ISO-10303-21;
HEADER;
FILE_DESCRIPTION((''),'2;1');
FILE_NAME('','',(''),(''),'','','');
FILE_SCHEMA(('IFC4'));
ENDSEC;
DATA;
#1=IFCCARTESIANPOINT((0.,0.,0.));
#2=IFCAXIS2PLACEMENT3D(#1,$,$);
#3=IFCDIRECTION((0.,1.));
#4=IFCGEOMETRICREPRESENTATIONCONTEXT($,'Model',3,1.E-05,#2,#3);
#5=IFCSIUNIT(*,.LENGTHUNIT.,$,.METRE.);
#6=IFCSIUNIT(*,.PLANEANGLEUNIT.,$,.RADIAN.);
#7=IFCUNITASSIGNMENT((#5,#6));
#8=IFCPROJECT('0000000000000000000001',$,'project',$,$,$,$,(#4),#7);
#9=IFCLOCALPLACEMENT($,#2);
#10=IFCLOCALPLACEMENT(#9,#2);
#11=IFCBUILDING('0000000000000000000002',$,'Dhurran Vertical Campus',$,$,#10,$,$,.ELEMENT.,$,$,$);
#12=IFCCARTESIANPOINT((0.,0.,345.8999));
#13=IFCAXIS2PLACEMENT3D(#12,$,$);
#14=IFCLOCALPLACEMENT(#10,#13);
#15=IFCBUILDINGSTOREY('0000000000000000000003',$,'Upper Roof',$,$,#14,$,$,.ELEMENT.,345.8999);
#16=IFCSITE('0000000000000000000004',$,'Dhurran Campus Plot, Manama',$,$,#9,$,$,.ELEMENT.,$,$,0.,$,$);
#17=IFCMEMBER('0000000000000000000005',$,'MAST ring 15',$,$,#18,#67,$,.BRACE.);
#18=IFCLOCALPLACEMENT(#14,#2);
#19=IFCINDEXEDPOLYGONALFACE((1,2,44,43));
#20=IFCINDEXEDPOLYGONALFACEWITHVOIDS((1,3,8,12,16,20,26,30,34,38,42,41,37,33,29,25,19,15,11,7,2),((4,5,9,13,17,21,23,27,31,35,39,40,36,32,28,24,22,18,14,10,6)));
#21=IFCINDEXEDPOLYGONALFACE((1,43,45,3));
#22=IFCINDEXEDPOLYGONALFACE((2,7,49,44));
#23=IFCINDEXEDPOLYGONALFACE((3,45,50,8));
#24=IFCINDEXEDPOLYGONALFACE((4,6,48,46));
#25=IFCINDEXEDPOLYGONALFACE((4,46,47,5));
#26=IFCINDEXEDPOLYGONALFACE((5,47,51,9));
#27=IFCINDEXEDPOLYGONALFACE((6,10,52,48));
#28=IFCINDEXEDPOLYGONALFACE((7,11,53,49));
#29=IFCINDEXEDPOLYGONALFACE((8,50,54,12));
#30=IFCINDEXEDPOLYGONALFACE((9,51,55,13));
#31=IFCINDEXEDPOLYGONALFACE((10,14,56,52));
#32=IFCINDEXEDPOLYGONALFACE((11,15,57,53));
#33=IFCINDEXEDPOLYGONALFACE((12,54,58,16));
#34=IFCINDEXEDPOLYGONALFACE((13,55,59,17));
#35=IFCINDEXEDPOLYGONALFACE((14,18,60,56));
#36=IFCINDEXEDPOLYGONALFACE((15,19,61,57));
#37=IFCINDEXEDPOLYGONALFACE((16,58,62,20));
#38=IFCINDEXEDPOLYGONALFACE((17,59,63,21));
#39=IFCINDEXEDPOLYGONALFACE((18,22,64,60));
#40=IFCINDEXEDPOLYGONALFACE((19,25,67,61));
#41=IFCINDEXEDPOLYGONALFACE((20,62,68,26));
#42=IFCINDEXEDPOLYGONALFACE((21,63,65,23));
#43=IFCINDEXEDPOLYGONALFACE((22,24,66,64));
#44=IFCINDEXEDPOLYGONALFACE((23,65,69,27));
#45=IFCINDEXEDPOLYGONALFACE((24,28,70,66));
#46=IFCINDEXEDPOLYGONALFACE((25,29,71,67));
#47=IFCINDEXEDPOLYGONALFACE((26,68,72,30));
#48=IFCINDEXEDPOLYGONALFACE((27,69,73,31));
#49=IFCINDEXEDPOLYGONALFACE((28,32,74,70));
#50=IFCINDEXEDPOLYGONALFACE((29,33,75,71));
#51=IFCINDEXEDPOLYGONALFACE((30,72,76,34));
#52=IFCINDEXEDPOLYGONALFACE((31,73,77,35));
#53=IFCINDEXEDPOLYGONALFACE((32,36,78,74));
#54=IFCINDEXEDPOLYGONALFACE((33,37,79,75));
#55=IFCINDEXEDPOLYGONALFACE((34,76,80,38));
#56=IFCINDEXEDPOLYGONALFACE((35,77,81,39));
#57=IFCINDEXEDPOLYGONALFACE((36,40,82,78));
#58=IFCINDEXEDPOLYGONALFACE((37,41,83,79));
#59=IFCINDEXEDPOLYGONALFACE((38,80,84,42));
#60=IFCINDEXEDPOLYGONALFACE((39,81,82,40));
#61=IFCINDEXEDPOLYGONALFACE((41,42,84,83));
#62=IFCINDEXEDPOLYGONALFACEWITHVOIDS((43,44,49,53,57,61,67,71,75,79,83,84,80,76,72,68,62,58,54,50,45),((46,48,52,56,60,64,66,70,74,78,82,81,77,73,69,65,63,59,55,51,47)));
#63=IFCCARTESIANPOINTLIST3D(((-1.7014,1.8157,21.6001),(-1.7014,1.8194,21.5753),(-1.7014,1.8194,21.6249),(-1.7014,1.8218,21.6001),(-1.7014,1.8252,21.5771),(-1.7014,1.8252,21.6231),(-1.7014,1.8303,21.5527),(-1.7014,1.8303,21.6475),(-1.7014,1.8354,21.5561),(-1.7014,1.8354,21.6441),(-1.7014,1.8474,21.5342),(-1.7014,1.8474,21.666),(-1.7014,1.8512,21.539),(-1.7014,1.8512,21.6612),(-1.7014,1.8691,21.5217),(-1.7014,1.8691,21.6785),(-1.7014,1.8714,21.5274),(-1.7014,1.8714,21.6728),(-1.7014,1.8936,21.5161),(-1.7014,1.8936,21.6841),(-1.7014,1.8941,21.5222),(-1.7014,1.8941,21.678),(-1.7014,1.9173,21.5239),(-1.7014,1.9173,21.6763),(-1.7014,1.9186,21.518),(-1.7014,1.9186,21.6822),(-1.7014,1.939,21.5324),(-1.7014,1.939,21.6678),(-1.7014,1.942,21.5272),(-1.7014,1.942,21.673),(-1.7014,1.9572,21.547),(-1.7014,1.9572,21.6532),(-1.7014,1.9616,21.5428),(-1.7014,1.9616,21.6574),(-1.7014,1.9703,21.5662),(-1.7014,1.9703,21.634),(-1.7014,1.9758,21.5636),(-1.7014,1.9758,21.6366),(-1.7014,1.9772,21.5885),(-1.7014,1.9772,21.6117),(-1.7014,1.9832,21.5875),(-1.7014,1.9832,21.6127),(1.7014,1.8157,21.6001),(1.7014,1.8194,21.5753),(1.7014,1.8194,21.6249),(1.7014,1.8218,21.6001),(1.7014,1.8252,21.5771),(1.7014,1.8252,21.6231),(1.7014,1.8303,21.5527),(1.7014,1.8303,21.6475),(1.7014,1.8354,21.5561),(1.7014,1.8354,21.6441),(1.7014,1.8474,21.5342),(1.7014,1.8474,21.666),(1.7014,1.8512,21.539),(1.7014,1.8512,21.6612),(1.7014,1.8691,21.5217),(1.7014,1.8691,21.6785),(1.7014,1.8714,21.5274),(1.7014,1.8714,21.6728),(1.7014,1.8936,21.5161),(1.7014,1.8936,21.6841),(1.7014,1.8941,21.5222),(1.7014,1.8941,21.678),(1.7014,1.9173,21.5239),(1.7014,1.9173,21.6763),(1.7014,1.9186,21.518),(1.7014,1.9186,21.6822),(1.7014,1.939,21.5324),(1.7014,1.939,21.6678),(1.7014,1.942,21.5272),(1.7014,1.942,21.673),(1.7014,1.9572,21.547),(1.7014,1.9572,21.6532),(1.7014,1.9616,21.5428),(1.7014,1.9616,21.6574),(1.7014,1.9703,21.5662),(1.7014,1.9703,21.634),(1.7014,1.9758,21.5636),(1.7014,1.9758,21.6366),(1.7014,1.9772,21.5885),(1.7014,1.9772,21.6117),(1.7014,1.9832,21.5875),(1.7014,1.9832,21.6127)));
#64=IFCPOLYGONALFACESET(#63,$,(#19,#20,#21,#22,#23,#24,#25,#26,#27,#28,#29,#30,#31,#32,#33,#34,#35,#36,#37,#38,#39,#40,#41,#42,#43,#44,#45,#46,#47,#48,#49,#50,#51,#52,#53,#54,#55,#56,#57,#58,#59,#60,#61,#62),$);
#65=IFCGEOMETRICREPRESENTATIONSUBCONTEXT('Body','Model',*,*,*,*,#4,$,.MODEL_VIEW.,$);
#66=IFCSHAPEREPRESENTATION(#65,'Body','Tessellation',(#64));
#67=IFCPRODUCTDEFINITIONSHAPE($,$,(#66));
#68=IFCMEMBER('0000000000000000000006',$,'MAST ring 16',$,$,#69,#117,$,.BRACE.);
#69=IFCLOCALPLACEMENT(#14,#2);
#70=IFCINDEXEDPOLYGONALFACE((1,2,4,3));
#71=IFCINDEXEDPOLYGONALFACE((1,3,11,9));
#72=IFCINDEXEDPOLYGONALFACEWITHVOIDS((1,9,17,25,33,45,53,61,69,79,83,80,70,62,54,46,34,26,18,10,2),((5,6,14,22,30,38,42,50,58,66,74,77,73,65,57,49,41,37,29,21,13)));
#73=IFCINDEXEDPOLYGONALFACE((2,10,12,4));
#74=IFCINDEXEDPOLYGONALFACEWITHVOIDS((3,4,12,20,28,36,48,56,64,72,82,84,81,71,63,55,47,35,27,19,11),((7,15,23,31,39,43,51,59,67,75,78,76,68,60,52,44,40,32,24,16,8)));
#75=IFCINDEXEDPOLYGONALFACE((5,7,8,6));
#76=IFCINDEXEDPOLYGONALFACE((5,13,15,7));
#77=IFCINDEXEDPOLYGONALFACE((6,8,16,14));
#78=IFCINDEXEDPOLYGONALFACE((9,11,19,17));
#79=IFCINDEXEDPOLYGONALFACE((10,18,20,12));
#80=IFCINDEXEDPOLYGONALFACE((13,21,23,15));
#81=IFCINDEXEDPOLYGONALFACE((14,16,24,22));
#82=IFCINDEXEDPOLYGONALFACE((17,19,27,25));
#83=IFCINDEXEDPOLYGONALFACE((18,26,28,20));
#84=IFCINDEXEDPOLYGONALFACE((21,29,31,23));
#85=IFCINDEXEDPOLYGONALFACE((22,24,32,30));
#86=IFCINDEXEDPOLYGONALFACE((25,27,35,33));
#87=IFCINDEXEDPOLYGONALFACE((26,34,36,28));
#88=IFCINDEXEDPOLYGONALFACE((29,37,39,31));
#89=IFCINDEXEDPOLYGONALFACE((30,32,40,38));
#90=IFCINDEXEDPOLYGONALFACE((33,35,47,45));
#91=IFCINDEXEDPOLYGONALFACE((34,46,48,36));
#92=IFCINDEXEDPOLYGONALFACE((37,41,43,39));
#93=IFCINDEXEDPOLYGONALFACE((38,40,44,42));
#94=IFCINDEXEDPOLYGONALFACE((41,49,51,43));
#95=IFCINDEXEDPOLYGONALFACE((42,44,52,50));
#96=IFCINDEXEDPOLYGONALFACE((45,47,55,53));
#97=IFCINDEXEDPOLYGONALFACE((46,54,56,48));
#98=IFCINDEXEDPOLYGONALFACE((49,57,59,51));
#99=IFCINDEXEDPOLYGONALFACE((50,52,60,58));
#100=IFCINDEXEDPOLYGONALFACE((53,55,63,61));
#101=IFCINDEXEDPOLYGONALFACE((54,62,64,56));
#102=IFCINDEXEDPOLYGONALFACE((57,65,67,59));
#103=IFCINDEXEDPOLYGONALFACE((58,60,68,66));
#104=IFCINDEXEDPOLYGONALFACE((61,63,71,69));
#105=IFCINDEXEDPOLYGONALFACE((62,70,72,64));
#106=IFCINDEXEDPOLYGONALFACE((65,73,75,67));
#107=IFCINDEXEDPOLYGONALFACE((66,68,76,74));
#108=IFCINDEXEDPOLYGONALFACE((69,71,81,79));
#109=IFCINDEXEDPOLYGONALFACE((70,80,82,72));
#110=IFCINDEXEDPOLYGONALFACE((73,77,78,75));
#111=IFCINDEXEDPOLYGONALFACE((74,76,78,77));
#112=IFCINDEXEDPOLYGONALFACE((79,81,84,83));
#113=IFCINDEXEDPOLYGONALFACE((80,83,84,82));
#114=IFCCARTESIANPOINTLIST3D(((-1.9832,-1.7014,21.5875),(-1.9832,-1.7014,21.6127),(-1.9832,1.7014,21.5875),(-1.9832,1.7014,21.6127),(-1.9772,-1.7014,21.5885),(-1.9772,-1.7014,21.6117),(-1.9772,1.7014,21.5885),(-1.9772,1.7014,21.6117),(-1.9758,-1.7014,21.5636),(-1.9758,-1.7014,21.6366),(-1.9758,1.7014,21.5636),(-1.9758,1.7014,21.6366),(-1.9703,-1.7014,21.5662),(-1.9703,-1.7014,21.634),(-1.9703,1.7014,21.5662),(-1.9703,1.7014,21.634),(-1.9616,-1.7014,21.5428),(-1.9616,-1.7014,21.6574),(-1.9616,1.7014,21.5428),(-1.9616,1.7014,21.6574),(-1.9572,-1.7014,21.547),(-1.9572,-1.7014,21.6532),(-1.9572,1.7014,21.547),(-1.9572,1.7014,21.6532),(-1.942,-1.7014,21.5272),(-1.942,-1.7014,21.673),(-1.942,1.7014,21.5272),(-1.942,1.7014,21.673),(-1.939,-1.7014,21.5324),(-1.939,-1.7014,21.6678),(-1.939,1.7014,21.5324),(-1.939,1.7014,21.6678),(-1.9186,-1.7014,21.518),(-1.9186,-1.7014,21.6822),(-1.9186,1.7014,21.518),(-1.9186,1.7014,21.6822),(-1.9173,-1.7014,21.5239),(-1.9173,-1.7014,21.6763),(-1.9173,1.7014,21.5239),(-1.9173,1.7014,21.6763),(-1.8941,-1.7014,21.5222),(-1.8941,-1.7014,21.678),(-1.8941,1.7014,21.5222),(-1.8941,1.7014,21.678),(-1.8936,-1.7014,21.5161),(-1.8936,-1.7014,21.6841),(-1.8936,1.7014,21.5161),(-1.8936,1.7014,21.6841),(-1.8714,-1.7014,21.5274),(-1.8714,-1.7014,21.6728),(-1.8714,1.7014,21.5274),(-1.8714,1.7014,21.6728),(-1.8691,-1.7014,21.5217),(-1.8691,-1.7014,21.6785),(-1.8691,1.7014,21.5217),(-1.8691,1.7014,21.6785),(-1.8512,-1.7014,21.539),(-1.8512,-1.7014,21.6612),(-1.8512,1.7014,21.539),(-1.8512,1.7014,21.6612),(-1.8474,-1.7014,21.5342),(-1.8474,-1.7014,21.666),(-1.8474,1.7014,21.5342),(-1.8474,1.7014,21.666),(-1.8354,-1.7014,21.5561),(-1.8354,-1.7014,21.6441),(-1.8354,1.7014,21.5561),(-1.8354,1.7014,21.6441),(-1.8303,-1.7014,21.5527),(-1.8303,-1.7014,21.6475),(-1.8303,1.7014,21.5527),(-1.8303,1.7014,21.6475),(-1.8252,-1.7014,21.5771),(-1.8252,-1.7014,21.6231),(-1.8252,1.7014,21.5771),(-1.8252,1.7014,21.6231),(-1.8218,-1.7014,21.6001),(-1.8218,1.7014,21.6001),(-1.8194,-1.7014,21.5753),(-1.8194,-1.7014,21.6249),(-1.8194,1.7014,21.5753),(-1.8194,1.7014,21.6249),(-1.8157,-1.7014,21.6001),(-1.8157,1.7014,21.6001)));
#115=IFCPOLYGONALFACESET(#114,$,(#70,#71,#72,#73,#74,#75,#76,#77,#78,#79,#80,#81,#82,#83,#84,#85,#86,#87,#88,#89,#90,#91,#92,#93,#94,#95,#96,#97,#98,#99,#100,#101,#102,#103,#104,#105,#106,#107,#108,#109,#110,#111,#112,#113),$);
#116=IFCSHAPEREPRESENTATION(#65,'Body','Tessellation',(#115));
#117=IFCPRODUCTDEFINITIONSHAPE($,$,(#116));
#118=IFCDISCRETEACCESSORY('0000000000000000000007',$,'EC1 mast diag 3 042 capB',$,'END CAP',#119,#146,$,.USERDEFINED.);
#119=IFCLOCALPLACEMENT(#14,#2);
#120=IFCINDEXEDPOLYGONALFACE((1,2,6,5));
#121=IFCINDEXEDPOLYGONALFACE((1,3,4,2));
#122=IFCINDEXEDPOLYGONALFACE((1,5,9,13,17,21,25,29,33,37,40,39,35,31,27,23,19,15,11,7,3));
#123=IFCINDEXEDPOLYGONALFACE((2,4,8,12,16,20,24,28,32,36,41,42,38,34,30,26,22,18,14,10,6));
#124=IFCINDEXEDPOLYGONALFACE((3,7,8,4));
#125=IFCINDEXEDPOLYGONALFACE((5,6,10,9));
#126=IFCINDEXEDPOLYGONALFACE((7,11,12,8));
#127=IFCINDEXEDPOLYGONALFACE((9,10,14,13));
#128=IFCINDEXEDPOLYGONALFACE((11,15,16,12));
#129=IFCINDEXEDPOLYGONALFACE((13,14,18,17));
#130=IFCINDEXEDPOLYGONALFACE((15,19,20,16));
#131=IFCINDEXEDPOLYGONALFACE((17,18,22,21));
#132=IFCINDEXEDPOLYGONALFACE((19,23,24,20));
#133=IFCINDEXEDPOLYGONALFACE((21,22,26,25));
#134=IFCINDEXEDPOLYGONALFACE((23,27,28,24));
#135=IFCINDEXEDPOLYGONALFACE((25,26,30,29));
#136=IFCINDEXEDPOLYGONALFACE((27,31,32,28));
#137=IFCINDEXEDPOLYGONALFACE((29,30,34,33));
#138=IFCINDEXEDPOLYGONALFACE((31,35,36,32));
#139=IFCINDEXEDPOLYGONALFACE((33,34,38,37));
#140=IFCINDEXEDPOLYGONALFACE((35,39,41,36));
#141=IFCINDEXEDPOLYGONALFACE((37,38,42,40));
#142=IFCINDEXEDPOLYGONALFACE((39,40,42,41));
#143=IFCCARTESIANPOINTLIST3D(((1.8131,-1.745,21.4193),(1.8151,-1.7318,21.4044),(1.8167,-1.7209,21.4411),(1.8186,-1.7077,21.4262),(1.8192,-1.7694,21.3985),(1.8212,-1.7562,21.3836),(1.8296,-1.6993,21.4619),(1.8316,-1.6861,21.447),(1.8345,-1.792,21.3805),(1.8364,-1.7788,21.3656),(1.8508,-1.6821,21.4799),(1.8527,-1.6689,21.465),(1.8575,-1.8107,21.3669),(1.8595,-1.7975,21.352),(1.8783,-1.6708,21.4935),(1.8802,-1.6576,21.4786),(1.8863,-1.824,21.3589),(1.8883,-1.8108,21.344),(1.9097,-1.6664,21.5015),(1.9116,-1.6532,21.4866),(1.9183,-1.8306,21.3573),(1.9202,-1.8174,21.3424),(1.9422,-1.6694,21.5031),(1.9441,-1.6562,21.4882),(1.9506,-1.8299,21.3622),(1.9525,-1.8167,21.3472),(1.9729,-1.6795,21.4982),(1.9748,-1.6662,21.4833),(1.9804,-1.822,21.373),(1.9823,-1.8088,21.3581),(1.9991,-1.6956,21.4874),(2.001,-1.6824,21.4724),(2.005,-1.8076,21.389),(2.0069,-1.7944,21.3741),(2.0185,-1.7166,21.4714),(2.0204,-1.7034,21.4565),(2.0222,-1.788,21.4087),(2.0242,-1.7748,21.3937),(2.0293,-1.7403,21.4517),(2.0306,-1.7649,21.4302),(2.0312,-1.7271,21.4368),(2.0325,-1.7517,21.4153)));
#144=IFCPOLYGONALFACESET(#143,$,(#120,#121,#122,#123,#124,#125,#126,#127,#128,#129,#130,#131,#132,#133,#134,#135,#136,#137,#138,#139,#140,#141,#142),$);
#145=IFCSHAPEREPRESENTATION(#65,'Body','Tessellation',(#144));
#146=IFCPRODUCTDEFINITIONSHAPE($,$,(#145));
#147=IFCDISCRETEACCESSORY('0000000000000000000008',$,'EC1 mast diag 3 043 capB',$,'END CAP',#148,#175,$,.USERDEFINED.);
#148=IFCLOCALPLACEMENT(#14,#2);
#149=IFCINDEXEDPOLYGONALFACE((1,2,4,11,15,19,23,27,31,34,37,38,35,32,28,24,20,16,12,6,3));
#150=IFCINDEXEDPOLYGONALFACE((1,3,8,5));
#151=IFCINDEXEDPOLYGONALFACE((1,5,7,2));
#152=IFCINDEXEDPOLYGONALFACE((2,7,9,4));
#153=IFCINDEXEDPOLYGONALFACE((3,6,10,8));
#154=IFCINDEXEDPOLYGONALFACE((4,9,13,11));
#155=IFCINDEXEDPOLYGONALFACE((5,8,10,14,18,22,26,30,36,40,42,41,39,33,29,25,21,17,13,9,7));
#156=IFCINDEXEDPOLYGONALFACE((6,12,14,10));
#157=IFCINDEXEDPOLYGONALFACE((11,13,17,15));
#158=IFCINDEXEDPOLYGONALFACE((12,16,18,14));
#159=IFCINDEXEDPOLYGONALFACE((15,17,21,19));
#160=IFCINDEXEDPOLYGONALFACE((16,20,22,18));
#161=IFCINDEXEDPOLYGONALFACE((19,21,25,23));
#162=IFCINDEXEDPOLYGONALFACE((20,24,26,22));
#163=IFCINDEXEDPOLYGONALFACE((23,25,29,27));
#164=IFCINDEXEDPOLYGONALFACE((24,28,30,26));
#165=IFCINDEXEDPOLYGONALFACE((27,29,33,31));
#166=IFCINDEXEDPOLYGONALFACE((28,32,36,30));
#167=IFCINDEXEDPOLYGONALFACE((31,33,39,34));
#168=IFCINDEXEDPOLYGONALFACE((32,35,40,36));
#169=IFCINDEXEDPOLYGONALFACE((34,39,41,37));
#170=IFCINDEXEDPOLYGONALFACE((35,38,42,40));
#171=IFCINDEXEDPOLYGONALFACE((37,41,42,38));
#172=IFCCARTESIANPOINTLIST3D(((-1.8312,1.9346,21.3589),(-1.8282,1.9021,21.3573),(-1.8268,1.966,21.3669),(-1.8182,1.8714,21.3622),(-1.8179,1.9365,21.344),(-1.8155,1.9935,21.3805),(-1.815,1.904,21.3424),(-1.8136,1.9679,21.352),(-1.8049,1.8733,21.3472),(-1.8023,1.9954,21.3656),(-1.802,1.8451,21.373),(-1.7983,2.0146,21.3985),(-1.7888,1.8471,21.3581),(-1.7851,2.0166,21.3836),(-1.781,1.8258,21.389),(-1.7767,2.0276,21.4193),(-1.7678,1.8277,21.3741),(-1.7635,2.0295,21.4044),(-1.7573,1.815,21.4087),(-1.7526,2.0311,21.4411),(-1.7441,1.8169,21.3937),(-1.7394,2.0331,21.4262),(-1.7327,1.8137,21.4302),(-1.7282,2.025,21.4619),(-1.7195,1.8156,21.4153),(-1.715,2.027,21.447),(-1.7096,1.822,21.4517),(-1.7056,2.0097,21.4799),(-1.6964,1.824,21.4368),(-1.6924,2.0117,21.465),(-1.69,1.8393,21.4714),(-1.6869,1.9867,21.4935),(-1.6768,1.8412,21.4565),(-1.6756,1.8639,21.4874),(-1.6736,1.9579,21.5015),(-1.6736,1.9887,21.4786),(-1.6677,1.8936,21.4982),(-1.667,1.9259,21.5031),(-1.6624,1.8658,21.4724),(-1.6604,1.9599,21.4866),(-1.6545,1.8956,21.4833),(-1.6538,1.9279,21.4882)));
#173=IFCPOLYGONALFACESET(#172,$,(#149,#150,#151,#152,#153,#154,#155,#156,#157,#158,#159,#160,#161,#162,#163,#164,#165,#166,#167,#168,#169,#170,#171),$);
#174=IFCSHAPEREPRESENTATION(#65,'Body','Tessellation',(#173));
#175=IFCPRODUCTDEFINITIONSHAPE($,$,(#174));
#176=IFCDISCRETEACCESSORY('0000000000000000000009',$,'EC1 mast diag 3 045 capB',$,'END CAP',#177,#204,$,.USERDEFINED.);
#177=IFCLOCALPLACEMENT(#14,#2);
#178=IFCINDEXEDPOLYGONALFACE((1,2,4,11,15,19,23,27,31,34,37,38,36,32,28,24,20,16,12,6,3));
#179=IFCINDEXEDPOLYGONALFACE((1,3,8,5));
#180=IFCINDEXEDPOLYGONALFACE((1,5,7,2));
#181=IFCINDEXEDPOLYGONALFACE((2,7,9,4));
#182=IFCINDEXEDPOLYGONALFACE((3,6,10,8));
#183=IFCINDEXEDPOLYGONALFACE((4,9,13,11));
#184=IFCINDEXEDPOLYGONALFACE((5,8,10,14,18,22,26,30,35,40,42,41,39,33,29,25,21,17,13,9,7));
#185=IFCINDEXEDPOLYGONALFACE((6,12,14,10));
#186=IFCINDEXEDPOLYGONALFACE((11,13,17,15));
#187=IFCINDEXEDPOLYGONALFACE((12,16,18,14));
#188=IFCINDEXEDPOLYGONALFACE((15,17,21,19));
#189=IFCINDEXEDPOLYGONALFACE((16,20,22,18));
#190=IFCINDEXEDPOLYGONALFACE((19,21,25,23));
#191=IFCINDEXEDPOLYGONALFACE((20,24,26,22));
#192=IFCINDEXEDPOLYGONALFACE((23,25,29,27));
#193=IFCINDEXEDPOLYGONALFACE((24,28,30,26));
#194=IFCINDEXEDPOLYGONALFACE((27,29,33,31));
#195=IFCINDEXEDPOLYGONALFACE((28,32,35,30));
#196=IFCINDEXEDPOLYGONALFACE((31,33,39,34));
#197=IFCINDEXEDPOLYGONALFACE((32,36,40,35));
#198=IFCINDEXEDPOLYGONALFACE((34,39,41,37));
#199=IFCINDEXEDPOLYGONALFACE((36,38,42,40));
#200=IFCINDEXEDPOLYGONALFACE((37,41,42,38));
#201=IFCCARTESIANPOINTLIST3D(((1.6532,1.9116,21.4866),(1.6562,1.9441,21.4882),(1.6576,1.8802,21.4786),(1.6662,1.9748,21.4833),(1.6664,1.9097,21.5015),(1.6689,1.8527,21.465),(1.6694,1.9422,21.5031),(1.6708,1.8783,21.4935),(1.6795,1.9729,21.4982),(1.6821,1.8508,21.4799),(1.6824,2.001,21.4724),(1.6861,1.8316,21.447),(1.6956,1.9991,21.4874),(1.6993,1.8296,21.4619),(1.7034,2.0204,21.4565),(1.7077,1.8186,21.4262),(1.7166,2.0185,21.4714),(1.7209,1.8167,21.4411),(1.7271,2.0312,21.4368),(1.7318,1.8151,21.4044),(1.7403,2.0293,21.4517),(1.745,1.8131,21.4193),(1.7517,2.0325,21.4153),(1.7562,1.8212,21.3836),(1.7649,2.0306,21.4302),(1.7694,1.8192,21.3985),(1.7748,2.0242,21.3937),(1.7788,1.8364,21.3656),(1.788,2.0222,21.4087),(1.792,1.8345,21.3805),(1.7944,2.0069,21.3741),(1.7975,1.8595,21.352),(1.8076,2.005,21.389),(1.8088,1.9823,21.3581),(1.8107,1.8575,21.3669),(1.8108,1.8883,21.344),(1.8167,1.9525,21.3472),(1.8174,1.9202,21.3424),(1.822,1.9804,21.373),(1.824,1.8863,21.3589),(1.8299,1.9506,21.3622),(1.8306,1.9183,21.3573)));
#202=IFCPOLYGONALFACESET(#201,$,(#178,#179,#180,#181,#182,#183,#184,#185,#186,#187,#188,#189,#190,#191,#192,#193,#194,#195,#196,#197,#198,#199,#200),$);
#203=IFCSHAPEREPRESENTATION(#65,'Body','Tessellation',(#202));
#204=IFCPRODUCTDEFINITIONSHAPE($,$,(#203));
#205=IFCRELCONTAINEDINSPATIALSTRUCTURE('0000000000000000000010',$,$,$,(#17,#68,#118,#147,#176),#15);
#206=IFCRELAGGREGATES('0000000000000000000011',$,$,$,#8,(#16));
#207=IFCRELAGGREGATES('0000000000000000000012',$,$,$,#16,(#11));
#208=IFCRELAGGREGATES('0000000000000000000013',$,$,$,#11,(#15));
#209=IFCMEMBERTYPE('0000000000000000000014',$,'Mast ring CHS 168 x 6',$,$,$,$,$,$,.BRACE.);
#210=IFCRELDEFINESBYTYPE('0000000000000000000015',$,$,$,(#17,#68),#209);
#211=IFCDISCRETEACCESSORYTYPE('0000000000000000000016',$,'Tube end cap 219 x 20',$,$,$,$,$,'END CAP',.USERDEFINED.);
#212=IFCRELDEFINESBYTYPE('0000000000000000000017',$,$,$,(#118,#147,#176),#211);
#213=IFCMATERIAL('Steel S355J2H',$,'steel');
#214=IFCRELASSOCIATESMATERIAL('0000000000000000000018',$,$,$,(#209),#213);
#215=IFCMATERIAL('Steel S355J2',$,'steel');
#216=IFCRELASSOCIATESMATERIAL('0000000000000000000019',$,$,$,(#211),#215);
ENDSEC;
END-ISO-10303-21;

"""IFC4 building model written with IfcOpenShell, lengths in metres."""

from ifc_helpers import new_model, si_unit, direction, frame, origin, origin_2d, place, context, subcontext, project, spatial, circle, hollow_circle, extrude, material, material_profile, profile_set, type_object, element, save


model = new_model("IFC4")

# Units and contexts
model_context = context("Model", 3, precision=1e-05, world=origin(), true_north=direction((0.0, 1.0)))
body_context = subcontext(model_context, "Body", "Model", "MODEL_VIEW")
ifc_project = project(units=[si_unit("LENGTHUNIT", "METRE"), si_unit("PLANEANGLEUNIT", "RADIAN")], contexts=[model_context])

# Site, building, storey
site_placement = place(None, origin())
site = spatial("IfcSite", under=ifc_project, at=site_placement, Name="Dhurran Campus Plot, Manama", CompositionType="ELEMENT", RefElevation=0.0)
building_placement = place(site_placement, origin())
building = spatial("IfcBuilding", under=site, at=building_placement, Name="Dhurran Vertical Campus", CompositionType="ELEMENT")
storey_placement = place(building_placement, frame((0.0, 0.0, 345.8999)))
storey = spatial("IfcBuildingStorey", under=building, at=storey_placement, Name="Upper Roof", CompositionType="ELEMENT", Elevation=345.8999)

# Members
ifc_material_1 = material(Name="Steel S355J2H", Category="steel")
ifc_material_profile_1 = material_profile(ifc_material_1, hollow_circle(Radius=0.0842, WallThickness=0.0061, at=origin_2d()), Name="CHS168x6")
ifc_profile_set_1 = profile_set([ifc_material_profile_1], Name="Steel S355J2H")
member_type_1 = type_object("IfcMemberType", Name="Mast ring CHS 168 x 6", PredefinedType="BRACE", material=ifc_profile_set_1)
for number, where, z_axis, x_axis, name in (
    (1, (1.7014, 1.8999, 21.6001), (-1.0, 0.0, 0.0), (0.0, -1.0, 0.0), "MAST ring 15"),
    (2, (-1.8999, 1.7014, 21.6001), (0.0, -1.0, 0.0), (1.0, 0.0, 0.0), "MAST ring 16"),
):
    element("IfcMember", number, at=place(storey_placement, frame(where, z_axis=z_axis, x_axis=x_axis)), inside=storey, type_object=member_type_1, Name=name, PredefinedType="BRACE", context=body_context, shape_type="SweptSolid", body=[
        extrude(hollow_circle(Radius=0.0842, WallThickness=0.0061, at=origin_2d()), origin(), (0.0, 0.0, 1.0), 3.4028),
    ])

# Discrete accessories
ifc_material_2 = material(Name="Steel S355J2", Category="steel")
ifc_material_profile_2 = material_profile(ifc_material_2, circle(Radius=0.1096, at=origin_2d()), Name="Tube end cap 219 x 20")
ifc_profile_set_2 = profile_set([ifc_material_profile_2], Name="Steel S355J2")
discrete_accessory_type = type_object("IfcDiscreteAccessoryType", Name="Tube end cap 219 x 20", ElementType="END CAP", PredefinedType="USERDEFINED", material=ifc_profile_set_2)
for number, where, z_axis, x_axis, name in (
    (3, (1.9241, -1.7356, 21.4153), (-0.097728, -0.659666, 0.745178), (0.989203, -0.146549, 0.0), "EC1 mast diag 3 042 capB"),
    (4, (-1.7356, 1.9241, 21.4153), (-0.659666, -0.097728, 0.745178), (0.146549, -0.989203, 0.0), "EC1 mast diag 3 043 capB"),
    (5, (1.7356, 1.9241, 21.4153), (0.659666, -0.097728, 0.745178), (0.146549, 0.989203, 0.0), "EC1 mast diag 3 045 capB"),
):
    element("IfcDiscreteAccessory", number, at=place(storey_placement, frame(where, z_axis=z_axis, x_axis=x_axis)), inside=storey, type_object=discrete_accessory_type, Name=name, ObjectType="END CAP", PredefinedType="USERDEFINED", context=body_context, shape_type="SweptSolid", body=[
        extrude(circle(Radius=0.1096, at=origin_2d()), origin(), (0.0, 0.0, 1.0), 0.02),
    ])

save(model, "model.ifc")
